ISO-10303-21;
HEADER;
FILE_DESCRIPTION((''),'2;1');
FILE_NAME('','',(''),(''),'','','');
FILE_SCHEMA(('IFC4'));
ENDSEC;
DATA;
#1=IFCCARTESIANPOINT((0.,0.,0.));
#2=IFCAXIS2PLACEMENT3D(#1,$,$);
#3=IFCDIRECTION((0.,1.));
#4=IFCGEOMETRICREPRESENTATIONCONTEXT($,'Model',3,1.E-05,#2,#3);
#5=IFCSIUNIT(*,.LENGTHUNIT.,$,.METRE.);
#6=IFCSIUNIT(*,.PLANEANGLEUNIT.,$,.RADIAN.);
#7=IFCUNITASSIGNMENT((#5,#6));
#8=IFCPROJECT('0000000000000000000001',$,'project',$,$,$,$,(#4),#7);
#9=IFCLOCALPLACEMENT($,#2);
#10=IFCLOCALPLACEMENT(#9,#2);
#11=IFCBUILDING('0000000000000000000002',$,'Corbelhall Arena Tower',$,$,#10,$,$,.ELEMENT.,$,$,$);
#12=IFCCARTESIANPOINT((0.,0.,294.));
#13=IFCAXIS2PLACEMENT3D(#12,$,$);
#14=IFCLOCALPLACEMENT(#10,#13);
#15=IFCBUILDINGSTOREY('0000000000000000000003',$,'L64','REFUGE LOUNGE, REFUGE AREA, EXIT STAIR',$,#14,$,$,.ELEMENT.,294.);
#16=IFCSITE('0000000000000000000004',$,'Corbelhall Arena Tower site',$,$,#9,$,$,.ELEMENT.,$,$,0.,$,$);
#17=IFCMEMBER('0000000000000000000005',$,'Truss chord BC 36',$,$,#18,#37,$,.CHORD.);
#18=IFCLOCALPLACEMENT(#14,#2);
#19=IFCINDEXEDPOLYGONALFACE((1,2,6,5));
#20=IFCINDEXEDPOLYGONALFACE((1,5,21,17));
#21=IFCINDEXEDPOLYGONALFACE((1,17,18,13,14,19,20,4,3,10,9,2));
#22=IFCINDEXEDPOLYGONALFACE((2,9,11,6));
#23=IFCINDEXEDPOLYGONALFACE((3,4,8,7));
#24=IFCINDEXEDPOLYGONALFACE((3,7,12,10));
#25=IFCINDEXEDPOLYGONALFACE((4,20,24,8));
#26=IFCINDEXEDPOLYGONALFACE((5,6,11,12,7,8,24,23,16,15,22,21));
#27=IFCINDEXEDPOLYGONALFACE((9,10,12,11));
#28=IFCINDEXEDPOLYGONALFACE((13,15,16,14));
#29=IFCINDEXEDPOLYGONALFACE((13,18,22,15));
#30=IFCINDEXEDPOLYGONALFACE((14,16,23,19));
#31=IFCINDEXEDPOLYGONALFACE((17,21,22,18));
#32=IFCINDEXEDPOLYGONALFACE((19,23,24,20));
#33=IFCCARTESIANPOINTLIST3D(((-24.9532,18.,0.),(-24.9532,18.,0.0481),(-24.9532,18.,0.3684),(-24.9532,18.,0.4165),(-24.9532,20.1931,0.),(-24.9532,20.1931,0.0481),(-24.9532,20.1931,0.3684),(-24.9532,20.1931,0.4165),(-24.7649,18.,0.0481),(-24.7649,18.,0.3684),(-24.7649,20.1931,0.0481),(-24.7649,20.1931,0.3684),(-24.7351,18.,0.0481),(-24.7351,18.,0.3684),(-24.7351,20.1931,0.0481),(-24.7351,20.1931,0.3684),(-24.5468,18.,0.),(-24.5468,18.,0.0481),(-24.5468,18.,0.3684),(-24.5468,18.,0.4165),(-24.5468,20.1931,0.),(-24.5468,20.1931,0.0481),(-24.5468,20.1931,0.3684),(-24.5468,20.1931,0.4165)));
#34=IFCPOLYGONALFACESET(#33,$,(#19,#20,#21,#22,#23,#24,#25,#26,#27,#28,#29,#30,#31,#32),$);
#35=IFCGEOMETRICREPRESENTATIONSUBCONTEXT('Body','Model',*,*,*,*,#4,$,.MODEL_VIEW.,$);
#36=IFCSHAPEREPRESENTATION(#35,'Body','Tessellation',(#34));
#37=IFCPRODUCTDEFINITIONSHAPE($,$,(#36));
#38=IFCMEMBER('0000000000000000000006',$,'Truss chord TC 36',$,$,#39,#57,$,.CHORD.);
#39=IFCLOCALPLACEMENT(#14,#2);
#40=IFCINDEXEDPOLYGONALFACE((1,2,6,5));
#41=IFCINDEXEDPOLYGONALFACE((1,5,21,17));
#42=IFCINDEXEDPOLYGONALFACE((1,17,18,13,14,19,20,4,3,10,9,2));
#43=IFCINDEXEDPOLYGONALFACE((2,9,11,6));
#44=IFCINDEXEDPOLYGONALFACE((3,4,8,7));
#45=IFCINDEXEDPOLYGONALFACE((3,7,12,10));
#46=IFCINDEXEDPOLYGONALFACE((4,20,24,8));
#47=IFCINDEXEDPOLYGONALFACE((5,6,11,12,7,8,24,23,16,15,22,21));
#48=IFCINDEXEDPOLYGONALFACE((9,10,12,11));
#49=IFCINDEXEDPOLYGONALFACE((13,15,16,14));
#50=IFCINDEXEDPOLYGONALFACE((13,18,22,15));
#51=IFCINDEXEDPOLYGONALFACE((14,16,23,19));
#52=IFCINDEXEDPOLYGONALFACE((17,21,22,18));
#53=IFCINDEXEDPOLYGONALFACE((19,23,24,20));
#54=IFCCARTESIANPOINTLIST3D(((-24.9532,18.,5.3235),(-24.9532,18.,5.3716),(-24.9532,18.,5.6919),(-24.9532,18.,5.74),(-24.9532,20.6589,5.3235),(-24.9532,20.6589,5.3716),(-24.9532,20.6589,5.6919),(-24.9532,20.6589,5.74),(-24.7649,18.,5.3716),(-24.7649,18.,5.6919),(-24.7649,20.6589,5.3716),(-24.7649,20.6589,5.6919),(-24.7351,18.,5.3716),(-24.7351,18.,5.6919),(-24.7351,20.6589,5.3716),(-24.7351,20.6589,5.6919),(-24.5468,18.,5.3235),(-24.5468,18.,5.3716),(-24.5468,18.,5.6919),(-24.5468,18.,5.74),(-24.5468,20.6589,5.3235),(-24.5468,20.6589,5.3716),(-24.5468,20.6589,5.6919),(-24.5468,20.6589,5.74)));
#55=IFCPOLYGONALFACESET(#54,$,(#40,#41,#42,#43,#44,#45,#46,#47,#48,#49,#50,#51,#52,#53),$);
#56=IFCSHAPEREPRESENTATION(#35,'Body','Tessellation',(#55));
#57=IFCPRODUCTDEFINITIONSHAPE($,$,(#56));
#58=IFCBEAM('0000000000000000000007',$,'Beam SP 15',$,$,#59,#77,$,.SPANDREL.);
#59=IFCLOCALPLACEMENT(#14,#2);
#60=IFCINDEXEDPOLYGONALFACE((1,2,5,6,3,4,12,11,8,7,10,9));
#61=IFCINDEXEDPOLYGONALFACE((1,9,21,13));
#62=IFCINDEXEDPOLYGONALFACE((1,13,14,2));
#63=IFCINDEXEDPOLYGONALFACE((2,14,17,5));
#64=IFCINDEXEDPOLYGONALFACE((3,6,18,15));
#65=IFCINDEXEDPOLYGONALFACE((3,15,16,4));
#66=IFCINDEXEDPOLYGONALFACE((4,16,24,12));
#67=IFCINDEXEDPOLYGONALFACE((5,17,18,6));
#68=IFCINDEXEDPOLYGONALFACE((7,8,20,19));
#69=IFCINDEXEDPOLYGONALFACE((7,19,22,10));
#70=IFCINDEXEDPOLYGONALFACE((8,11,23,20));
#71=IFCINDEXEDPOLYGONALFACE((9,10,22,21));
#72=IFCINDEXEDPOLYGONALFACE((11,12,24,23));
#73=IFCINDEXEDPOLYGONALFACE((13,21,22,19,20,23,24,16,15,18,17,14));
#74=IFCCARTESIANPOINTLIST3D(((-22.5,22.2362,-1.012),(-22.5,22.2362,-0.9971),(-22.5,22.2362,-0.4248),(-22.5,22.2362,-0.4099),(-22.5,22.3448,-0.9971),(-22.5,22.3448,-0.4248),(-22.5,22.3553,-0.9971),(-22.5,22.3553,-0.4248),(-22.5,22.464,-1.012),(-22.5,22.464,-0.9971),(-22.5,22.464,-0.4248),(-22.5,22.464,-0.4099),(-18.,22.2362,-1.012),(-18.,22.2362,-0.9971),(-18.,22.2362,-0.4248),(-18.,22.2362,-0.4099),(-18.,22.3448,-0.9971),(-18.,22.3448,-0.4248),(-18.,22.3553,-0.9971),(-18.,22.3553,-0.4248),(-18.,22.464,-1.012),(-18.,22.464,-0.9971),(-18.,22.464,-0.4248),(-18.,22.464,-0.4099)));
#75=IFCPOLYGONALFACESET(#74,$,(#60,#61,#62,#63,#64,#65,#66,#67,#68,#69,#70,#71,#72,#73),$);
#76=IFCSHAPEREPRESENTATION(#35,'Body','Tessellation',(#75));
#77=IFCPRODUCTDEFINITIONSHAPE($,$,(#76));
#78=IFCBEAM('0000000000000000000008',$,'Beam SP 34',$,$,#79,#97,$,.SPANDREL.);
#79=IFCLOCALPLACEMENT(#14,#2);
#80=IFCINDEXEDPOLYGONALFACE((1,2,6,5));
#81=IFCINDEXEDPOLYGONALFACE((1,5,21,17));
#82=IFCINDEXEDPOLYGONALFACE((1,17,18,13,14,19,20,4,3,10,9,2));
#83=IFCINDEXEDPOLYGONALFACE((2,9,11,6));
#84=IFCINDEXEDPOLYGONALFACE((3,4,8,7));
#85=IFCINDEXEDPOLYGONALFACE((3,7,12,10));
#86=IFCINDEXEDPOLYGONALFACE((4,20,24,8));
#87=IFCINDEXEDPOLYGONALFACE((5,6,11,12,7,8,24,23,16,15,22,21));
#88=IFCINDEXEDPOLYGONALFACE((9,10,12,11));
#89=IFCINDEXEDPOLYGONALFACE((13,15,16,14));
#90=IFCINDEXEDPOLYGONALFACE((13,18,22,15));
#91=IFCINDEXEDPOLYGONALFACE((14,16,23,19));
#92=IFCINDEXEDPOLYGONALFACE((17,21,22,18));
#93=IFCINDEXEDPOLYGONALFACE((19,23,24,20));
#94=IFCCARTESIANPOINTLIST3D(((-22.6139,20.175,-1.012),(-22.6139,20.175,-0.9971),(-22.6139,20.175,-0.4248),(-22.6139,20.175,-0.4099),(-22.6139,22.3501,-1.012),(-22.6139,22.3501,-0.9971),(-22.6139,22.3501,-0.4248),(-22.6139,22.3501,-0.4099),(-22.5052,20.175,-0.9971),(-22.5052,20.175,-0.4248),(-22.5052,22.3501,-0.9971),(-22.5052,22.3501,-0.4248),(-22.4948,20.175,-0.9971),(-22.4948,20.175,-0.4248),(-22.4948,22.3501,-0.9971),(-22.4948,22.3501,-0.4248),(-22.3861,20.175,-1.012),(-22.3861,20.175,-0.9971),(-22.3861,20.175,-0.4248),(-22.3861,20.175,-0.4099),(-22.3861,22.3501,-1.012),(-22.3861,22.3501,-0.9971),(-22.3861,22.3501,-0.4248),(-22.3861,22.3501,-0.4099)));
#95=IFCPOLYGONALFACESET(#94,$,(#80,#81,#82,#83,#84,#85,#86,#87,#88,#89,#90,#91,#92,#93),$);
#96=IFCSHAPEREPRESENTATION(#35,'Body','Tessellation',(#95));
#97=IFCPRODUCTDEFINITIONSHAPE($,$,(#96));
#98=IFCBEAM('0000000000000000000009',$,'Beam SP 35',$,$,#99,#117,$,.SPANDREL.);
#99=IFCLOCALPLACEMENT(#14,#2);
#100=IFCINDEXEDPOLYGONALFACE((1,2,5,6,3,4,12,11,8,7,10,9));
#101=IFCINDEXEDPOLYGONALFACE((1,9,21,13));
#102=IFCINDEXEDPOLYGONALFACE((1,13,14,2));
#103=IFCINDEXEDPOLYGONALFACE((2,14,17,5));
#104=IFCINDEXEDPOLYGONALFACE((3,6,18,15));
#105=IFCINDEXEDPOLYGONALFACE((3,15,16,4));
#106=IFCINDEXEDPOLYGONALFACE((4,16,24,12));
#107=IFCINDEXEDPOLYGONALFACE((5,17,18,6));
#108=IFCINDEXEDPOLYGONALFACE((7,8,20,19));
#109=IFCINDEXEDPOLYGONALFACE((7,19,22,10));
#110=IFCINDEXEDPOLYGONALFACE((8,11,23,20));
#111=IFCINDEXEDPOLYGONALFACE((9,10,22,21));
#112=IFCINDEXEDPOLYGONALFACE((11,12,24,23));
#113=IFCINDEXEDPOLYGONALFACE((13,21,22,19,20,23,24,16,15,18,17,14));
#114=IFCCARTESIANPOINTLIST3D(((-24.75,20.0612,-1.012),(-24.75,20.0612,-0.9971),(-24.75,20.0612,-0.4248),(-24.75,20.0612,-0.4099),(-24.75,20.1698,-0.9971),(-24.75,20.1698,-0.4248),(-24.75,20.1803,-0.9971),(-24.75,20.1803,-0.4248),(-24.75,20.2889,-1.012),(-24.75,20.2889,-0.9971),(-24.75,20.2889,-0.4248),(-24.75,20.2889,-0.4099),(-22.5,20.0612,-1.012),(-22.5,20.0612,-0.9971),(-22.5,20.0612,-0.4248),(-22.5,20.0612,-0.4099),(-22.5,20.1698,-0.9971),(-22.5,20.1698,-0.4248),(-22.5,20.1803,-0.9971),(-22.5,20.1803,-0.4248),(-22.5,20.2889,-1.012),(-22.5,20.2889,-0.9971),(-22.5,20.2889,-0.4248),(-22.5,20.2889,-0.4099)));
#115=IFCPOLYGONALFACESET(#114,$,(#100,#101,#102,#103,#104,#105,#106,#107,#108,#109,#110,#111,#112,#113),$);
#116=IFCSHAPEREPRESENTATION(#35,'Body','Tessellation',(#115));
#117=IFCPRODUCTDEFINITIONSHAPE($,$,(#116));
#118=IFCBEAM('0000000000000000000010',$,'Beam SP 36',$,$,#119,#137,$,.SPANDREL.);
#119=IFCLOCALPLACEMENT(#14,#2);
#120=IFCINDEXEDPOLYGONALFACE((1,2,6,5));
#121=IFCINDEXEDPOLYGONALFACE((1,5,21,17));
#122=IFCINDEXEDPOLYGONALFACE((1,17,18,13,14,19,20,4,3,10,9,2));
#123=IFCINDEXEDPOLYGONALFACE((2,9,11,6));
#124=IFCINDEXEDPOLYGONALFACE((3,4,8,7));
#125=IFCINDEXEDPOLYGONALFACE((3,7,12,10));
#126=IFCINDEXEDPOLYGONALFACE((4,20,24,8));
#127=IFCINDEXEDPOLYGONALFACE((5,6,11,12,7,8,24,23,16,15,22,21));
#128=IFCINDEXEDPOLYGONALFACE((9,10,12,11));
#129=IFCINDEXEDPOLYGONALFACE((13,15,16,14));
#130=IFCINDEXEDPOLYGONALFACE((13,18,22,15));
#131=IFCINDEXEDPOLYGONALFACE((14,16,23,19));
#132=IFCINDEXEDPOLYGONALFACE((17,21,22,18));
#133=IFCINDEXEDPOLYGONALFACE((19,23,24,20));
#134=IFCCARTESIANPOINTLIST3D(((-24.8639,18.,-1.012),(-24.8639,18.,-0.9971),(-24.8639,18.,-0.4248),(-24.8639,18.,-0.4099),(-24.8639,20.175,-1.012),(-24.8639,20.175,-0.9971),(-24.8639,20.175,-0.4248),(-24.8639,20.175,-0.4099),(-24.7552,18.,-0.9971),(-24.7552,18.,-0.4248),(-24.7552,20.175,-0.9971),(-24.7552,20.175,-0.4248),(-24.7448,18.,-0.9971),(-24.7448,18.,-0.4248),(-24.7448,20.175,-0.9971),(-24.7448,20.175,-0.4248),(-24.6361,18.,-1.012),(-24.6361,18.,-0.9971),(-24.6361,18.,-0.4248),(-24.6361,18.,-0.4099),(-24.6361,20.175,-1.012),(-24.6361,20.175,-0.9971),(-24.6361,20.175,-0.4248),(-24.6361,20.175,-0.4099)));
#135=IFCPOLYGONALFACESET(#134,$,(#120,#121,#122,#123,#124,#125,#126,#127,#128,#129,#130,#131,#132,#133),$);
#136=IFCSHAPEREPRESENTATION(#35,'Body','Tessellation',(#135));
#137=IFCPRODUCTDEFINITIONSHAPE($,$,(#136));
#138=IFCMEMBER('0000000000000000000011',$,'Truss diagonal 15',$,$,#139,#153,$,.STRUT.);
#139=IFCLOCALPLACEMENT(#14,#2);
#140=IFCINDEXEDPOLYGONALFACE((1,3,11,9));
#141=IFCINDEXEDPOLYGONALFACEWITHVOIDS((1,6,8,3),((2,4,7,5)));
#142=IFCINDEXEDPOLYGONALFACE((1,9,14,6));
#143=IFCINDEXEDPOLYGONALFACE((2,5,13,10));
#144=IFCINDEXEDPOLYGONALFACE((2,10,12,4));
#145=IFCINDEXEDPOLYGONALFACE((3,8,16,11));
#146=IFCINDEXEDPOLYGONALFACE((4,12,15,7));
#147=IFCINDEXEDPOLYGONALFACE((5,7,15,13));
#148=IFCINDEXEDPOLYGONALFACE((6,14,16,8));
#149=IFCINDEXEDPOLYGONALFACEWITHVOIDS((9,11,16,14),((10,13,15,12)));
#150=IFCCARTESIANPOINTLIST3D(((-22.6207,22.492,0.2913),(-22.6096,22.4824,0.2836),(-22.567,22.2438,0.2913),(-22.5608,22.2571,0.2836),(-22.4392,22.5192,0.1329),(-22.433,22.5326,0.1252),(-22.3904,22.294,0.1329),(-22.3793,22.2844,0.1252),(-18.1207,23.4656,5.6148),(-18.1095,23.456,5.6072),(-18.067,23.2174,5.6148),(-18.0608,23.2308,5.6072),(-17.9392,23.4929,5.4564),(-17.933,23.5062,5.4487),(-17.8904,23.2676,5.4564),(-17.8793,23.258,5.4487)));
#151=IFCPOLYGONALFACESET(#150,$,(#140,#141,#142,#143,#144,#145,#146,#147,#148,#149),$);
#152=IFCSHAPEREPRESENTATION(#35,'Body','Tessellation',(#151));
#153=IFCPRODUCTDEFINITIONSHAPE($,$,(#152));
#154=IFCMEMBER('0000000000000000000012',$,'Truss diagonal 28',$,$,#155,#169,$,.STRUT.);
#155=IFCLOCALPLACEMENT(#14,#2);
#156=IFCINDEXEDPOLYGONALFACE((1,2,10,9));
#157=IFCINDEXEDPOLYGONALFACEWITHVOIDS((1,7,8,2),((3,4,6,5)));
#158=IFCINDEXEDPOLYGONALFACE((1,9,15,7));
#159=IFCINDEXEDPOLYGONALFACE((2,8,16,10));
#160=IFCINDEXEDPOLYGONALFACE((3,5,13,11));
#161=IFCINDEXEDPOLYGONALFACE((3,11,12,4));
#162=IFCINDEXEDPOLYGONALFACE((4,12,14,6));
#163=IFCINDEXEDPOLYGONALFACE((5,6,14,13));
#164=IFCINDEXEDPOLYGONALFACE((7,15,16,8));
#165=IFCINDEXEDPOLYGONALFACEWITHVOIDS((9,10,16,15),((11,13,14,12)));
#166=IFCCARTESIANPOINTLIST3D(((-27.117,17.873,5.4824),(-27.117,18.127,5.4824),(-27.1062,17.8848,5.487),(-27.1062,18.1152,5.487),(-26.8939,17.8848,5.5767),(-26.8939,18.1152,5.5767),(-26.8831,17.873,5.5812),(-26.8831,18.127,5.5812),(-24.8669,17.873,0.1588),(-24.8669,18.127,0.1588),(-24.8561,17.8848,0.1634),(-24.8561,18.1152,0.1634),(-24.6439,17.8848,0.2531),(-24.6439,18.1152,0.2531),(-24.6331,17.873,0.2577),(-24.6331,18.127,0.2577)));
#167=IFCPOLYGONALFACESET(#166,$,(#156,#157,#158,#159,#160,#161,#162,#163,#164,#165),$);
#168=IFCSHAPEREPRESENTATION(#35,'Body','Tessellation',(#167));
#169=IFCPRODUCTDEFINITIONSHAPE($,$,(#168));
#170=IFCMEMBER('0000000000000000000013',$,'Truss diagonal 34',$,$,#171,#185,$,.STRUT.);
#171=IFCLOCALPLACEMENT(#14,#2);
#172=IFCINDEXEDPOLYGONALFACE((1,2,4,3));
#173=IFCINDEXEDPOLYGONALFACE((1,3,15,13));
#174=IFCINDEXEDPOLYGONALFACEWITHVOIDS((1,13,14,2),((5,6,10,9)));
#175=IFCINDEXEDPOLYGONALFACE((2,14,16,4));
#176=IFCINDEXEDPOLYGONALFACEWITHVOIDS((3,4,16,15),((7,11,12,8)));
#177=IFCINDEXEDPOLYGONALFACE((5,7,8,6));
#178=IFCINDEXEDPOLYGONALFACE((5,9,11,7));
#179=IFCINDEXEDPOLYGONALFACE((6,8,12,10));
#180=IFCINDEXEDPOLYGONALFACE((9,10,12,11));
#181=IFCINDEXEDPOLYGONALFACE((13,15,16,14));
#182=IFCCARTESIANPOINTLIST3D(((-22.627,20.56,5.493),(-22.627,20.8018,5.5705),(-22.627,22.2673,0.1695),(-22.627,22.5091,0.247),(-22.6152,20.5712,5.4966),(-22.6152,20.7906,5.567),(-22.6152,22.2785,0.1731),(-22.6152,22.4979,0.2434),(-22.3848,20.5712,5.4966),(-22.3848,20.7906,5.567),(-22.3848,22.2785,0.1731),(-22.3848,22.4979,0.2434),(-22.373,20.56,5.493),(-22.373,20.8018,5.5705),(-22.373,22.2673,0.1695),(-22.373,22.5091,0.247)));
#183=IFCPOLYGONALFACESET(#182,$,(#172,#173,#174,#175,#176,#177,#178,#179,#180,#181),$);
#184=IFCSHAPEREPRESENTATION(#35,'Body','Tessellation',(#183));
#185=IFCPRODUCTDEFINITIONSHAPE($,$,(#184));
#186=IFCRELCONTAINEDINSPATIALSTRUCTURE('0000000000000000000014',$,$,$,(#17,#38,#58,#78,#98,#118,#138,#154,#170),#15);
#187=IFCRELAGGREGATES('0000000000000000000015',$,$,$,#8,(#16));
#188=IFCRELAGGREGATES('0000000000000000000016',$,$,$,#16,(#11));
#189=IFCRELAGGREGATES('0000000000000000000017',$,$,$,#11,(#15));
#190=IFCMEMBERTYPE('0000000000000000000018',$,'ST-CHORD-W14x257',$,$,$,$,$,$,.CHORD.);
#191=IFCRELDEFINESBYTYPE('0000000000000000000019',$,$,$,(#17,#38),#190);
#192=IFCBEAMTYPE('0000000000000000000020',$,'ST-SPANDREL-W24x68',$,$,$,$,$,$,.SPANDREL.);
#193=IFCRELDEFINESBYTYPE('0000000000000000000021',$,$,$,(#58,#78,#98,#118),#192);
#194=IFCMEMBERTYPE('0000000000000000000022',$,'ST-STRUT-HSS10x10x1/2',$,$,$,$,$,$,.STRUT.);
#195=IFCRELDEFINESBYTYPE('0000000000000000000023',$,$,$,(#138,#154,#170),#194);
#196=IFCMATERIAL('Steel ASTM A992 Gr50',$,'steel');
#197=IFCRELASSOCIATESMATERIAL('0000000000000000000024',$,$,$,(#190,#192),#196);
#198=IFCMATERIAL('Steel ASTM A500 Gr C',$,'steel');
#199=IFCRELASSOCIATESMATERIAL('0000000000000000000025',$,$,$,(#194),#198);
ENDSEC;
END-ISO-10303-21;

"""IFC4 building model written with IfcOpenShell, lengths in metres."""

from ifc_helpers import new_model, si_unit, direction, frame, origin, origin_2d, place, context, subcontext, project, spatial, hollow_rectangle, i_section, extrude, material, material_profile, profile_set, type_object, element, save


model = new_model("IFC4")

# Units and contexts
model_context = context("Model", 3, precision=1e-05, world=origin(), true_north=direction((0.0, 1.0)))
body_context = subcontext(model_context, "Body", "Model", "MODEL_VIEW")
ifc_project = project(units=[si_unit("LENGTHUNIT", "METRE"), si_unit("PLANEANGLEUNIT", "RADIAN")], contexts=[model_context])

# Site, building, storey
site_placement = place(None, origin())
site = spatial("IfcSite", under=ifc_project, at=site_placement, Name="Corbelhall Arena Tower site", CompositionType="ELEMENT", RefElevation=0.0)
building_placement = place(site_placement, origin())
building = spatial("IfcBuilding", under=site, at=building_placement, Name="Corbelhall Arena Tower", CompositionType="ELEMENT")
storey_placement = place(building_placement, frame((0.0, 0.0, 294.0)))
storey = spatial("IfcBuildingStorey", under=building, at=storey_placement, Name="L64", Description="REFUGE LOUNGE, REFUGE AREA, EXIT STAIR", CompositionType="ELEMENT", Elevation=294.0)

# Members
ifc_material_1 = material(Name="Steel ASTM A992 Gr50", Category="steel")
ifc_material_profile_1 = material_profile(ifc_material_1, i_section(OverallWidth=0.4065, OverallDepth=0.4165, WebThickness=0.0298, FlangeThickness=0.0481, at=origin_2d()))
ifc_profile_set_1 = profile_set([ifc_material_profile_1], Name="Steel ASTM A992 Gr50")
member_type_1 = type_object("IfcMemberType", Name="ST-CHORD-W14x257", PredefinedType="CHORD", material=ifc_profile_set_1)
member_1_placement = place(storey_placement, frame((-24.75, 18.0, 0.2083), z_axis=(0.0, 1.0, 0.0), x_axis=(-1.0, 0.0, 0.0)))
element("IfcMember", 1, at=member_1_placement, inside=storey, type_object=member_type_1, Name="Truss chord BC 36", PredefinedType="CHORD", context=body_context, shape_type="SweptSolid", body=[
    extrude(i_section(OverallWidth=0.4065, OverallDepth=0.4165, WebThickness=0.0298, FlangeThickness=0.0481, at=origin_2d()), origin(), (0.0, 0.0, 1.0), 2.1931),
])
member_2_placement = place(storey_placement, frame((-24.75, 18.0, 5.5317), z_axis=(0.0, 1.0, 0.0), x_axis=(-1.0, 0.0, 0.0)))
element("IfcMember", 2, at=member_2_placement, inside=storey, type_object=member_type_1, Name="Truss chord TC 36", PredefinedType="CHORD", context=body_context, shape_type="SweptSolid", body=[
    extrude(i_section(OverallWidth=0.4065, OverallDepth=0.4165, WebThickness=0.0298, FlangeThickness=0.0481, at=origin_2d()), origin(), (0.0, 0.0, 1.0), 2.6589),
])

# Beams
ifc_material_profile_2 = material_profile(ifc_material_1, i_section(OverallWidth=0.2278, OverallDepth=0.6021, WebThickness=0.0105, FlangeThickness=0.0149, at=origin_2d()))
ifc_profile_set_2 = profile_set([ifc_material_profile_2], Name="Steel ASTM A992 Gr50")
beam_type = type_object("IfcBeamType", Name="ST-SPANDREL-W24x68", PredefinedType="SPANDREL", material=ifc_profile_set_2)
beam_1_placement = place(storey_placement, frame((-22.5, 22.3501, -0.7109), z_axis=(1.0, 0.0, 0.0), x_axis=(0.0, 1.0, 0.0)))
element("IfcBeam", 3, at=beam_1_placement, inside=storey, type_object=beam_type, Name="Beam SP 15", PredefinedType="SPANDREL", context=body_context, shape_type="SweptSolid", body=[
    extrude(i_section(OverallWidth=0.2278, OverallDepth=0.6021, WebThickness=0.0105, FlangeThickness=0.0149, at=origin_2d()), origin(), (0.0, 0.0, 1.0), 4.5),
])
beam_2_placement = place(storey_placement, frame((-22.5, 20.175, -0.7109), z_axis=(0.0, 1.0, 0.0), x_axis=(-1.0, 0.0, 0.0)))
element("IfcBeam", 4, at=beam_2_placement, inside=storey, type_object=beam_type, Name="Beam SP 34", PredefinedType="SPANDREL", context=body_context, shape_type="SweptSolid", body=[
    extrude(i_section(OverallWidth=0.2278, OverallDepth=0.6021, WebThickness=0.0105, FlangeThickness=0.0149, at=origin_2d()), origin(), (0.0, 0.0, 1.0), 2.175),
])
beam_3_placement = place(storey_placement, frame((-24.75, 20.175, -0.7109), z_axis=(1.0, 0.0, 0.0), x_axis=(0.0, 1.0, 0.0)))
element("IfcBeam", 5, at=beam_3_placement, inside=storey, type_object=beam_type, Name="Beam SP 35", PredefinedType="SPANDREL", context=body_context, shape_type="SweptSolid", body=[
    extrude(i_section(OverallWidth=0.2278, OverallDepth=0.6021, WebThickness=0.0105, FlangeThickness=0.0149, at=origin_2d()), origin(), (0.0, 0.0, 1.0), 2.25),
])
beam_4_placement = place(storey_placement, frame((-24.75, 18.0, -0.7109), z_axis=(0.0, 1.0, 0.0), x_axis=(-1.0, 0.0, 0.0)))
element("IfcBeam", 6, at=beam_4_placement, inside=storey, type_object=beam_type, Name="Beam SP 36", PredefinedType="SPANDREL", context=body_context, shape_type="SweptSolid", body=[
    extrude(i_section(OverallWidth=0.2278, OverallDepth=0.6021, WebThickness=0.0105, FlangeThickness=0.0149, at=origin_2d()), origin(), (0.0, 0.0, 1.0), 2.175),
])

# Members
ifc_material_2 = material(Name="Steel ASTM A500 Gr C", Category="steel")
ifc_material_profile_3 = material_profile(ifc_material_2, hollow_rectangle(XDim=0.2539, YDim=0.2539, WallThickness=0.0117, at=origin_2d()))
ifc_profile_set_3 = profile_set([ifc_material_profile_3], Name="Steel ASTM A500 Gr C")
member_type_2 = type_object("IfcMemberType", Name="ST-STRUT-HSS10x10x1/2", PredefinedType="STRUT", material=ifc_profile_set_3)
member_3_placement = place(storey_placement, frame((-22.5, 22.3882, 0.2083), z_axis=(0.63936, 0.138334, 0.756361), x_axis=(-0.21147, 0.977385, 0.0)))
element("IfcMember", 7, at=member_3_placement, inside=storey, type_object=member_type_2, Name="Truss diagonal 15", PredefinedType="STRUT", context=body_context, shape_type="SweptSolid", body=[
    extrude(hollow_rectangle(XDim=0.2539, YDim=0.2539, WallThickness=0.0117, at=origin_2d()), origin(), (0.0, 0.0, 1.0), 7.0383),
])
member_4_placement = place(storey_placement, frame((-24.75, 18.0, 0.2083), z_axis=(-0.389311, 0.0, 0.921107), x_axis=(0.0, -1.0, 0.0)))
element("IfcMember", 8, at=member_4_placement, inside=storey, type_object=member_type_2, Name="Truss diagonal 28", PredefinedType="STRUT", context=body_context, shape_type="SweptSolid", body=[
    extrude(hollow_rectangle(XDim=0.2539, YDim=0.2539, WallThickness=0.0117, at=origin_2d()), origin(), (0.0, 0.0, 1.0), 5.7795),
])
member_5_placement = place(storey_placement, frame((-22.5, 22.3882, 0.2083), z_axis=(0.0, -0.305386, 0.952229), x_axis=(1.0, 0.0, 0.0)))
element("IfcMember", 9, at=member_5_placement, inside=storey, type_object=member_type_2, Name="Truss diagonal 34", PredefinedType="STRUT", context=body_context, shape_type="SweptSolid", body=[
    extrude(hollow_rectangle(XDim=0.2539, YDim=0.2539, WallThickness=0.0117, at=origin_2d()), origin(), (0.0, 0.0, 1.0), 5.5906),
])

save(model, "model.ifc")
